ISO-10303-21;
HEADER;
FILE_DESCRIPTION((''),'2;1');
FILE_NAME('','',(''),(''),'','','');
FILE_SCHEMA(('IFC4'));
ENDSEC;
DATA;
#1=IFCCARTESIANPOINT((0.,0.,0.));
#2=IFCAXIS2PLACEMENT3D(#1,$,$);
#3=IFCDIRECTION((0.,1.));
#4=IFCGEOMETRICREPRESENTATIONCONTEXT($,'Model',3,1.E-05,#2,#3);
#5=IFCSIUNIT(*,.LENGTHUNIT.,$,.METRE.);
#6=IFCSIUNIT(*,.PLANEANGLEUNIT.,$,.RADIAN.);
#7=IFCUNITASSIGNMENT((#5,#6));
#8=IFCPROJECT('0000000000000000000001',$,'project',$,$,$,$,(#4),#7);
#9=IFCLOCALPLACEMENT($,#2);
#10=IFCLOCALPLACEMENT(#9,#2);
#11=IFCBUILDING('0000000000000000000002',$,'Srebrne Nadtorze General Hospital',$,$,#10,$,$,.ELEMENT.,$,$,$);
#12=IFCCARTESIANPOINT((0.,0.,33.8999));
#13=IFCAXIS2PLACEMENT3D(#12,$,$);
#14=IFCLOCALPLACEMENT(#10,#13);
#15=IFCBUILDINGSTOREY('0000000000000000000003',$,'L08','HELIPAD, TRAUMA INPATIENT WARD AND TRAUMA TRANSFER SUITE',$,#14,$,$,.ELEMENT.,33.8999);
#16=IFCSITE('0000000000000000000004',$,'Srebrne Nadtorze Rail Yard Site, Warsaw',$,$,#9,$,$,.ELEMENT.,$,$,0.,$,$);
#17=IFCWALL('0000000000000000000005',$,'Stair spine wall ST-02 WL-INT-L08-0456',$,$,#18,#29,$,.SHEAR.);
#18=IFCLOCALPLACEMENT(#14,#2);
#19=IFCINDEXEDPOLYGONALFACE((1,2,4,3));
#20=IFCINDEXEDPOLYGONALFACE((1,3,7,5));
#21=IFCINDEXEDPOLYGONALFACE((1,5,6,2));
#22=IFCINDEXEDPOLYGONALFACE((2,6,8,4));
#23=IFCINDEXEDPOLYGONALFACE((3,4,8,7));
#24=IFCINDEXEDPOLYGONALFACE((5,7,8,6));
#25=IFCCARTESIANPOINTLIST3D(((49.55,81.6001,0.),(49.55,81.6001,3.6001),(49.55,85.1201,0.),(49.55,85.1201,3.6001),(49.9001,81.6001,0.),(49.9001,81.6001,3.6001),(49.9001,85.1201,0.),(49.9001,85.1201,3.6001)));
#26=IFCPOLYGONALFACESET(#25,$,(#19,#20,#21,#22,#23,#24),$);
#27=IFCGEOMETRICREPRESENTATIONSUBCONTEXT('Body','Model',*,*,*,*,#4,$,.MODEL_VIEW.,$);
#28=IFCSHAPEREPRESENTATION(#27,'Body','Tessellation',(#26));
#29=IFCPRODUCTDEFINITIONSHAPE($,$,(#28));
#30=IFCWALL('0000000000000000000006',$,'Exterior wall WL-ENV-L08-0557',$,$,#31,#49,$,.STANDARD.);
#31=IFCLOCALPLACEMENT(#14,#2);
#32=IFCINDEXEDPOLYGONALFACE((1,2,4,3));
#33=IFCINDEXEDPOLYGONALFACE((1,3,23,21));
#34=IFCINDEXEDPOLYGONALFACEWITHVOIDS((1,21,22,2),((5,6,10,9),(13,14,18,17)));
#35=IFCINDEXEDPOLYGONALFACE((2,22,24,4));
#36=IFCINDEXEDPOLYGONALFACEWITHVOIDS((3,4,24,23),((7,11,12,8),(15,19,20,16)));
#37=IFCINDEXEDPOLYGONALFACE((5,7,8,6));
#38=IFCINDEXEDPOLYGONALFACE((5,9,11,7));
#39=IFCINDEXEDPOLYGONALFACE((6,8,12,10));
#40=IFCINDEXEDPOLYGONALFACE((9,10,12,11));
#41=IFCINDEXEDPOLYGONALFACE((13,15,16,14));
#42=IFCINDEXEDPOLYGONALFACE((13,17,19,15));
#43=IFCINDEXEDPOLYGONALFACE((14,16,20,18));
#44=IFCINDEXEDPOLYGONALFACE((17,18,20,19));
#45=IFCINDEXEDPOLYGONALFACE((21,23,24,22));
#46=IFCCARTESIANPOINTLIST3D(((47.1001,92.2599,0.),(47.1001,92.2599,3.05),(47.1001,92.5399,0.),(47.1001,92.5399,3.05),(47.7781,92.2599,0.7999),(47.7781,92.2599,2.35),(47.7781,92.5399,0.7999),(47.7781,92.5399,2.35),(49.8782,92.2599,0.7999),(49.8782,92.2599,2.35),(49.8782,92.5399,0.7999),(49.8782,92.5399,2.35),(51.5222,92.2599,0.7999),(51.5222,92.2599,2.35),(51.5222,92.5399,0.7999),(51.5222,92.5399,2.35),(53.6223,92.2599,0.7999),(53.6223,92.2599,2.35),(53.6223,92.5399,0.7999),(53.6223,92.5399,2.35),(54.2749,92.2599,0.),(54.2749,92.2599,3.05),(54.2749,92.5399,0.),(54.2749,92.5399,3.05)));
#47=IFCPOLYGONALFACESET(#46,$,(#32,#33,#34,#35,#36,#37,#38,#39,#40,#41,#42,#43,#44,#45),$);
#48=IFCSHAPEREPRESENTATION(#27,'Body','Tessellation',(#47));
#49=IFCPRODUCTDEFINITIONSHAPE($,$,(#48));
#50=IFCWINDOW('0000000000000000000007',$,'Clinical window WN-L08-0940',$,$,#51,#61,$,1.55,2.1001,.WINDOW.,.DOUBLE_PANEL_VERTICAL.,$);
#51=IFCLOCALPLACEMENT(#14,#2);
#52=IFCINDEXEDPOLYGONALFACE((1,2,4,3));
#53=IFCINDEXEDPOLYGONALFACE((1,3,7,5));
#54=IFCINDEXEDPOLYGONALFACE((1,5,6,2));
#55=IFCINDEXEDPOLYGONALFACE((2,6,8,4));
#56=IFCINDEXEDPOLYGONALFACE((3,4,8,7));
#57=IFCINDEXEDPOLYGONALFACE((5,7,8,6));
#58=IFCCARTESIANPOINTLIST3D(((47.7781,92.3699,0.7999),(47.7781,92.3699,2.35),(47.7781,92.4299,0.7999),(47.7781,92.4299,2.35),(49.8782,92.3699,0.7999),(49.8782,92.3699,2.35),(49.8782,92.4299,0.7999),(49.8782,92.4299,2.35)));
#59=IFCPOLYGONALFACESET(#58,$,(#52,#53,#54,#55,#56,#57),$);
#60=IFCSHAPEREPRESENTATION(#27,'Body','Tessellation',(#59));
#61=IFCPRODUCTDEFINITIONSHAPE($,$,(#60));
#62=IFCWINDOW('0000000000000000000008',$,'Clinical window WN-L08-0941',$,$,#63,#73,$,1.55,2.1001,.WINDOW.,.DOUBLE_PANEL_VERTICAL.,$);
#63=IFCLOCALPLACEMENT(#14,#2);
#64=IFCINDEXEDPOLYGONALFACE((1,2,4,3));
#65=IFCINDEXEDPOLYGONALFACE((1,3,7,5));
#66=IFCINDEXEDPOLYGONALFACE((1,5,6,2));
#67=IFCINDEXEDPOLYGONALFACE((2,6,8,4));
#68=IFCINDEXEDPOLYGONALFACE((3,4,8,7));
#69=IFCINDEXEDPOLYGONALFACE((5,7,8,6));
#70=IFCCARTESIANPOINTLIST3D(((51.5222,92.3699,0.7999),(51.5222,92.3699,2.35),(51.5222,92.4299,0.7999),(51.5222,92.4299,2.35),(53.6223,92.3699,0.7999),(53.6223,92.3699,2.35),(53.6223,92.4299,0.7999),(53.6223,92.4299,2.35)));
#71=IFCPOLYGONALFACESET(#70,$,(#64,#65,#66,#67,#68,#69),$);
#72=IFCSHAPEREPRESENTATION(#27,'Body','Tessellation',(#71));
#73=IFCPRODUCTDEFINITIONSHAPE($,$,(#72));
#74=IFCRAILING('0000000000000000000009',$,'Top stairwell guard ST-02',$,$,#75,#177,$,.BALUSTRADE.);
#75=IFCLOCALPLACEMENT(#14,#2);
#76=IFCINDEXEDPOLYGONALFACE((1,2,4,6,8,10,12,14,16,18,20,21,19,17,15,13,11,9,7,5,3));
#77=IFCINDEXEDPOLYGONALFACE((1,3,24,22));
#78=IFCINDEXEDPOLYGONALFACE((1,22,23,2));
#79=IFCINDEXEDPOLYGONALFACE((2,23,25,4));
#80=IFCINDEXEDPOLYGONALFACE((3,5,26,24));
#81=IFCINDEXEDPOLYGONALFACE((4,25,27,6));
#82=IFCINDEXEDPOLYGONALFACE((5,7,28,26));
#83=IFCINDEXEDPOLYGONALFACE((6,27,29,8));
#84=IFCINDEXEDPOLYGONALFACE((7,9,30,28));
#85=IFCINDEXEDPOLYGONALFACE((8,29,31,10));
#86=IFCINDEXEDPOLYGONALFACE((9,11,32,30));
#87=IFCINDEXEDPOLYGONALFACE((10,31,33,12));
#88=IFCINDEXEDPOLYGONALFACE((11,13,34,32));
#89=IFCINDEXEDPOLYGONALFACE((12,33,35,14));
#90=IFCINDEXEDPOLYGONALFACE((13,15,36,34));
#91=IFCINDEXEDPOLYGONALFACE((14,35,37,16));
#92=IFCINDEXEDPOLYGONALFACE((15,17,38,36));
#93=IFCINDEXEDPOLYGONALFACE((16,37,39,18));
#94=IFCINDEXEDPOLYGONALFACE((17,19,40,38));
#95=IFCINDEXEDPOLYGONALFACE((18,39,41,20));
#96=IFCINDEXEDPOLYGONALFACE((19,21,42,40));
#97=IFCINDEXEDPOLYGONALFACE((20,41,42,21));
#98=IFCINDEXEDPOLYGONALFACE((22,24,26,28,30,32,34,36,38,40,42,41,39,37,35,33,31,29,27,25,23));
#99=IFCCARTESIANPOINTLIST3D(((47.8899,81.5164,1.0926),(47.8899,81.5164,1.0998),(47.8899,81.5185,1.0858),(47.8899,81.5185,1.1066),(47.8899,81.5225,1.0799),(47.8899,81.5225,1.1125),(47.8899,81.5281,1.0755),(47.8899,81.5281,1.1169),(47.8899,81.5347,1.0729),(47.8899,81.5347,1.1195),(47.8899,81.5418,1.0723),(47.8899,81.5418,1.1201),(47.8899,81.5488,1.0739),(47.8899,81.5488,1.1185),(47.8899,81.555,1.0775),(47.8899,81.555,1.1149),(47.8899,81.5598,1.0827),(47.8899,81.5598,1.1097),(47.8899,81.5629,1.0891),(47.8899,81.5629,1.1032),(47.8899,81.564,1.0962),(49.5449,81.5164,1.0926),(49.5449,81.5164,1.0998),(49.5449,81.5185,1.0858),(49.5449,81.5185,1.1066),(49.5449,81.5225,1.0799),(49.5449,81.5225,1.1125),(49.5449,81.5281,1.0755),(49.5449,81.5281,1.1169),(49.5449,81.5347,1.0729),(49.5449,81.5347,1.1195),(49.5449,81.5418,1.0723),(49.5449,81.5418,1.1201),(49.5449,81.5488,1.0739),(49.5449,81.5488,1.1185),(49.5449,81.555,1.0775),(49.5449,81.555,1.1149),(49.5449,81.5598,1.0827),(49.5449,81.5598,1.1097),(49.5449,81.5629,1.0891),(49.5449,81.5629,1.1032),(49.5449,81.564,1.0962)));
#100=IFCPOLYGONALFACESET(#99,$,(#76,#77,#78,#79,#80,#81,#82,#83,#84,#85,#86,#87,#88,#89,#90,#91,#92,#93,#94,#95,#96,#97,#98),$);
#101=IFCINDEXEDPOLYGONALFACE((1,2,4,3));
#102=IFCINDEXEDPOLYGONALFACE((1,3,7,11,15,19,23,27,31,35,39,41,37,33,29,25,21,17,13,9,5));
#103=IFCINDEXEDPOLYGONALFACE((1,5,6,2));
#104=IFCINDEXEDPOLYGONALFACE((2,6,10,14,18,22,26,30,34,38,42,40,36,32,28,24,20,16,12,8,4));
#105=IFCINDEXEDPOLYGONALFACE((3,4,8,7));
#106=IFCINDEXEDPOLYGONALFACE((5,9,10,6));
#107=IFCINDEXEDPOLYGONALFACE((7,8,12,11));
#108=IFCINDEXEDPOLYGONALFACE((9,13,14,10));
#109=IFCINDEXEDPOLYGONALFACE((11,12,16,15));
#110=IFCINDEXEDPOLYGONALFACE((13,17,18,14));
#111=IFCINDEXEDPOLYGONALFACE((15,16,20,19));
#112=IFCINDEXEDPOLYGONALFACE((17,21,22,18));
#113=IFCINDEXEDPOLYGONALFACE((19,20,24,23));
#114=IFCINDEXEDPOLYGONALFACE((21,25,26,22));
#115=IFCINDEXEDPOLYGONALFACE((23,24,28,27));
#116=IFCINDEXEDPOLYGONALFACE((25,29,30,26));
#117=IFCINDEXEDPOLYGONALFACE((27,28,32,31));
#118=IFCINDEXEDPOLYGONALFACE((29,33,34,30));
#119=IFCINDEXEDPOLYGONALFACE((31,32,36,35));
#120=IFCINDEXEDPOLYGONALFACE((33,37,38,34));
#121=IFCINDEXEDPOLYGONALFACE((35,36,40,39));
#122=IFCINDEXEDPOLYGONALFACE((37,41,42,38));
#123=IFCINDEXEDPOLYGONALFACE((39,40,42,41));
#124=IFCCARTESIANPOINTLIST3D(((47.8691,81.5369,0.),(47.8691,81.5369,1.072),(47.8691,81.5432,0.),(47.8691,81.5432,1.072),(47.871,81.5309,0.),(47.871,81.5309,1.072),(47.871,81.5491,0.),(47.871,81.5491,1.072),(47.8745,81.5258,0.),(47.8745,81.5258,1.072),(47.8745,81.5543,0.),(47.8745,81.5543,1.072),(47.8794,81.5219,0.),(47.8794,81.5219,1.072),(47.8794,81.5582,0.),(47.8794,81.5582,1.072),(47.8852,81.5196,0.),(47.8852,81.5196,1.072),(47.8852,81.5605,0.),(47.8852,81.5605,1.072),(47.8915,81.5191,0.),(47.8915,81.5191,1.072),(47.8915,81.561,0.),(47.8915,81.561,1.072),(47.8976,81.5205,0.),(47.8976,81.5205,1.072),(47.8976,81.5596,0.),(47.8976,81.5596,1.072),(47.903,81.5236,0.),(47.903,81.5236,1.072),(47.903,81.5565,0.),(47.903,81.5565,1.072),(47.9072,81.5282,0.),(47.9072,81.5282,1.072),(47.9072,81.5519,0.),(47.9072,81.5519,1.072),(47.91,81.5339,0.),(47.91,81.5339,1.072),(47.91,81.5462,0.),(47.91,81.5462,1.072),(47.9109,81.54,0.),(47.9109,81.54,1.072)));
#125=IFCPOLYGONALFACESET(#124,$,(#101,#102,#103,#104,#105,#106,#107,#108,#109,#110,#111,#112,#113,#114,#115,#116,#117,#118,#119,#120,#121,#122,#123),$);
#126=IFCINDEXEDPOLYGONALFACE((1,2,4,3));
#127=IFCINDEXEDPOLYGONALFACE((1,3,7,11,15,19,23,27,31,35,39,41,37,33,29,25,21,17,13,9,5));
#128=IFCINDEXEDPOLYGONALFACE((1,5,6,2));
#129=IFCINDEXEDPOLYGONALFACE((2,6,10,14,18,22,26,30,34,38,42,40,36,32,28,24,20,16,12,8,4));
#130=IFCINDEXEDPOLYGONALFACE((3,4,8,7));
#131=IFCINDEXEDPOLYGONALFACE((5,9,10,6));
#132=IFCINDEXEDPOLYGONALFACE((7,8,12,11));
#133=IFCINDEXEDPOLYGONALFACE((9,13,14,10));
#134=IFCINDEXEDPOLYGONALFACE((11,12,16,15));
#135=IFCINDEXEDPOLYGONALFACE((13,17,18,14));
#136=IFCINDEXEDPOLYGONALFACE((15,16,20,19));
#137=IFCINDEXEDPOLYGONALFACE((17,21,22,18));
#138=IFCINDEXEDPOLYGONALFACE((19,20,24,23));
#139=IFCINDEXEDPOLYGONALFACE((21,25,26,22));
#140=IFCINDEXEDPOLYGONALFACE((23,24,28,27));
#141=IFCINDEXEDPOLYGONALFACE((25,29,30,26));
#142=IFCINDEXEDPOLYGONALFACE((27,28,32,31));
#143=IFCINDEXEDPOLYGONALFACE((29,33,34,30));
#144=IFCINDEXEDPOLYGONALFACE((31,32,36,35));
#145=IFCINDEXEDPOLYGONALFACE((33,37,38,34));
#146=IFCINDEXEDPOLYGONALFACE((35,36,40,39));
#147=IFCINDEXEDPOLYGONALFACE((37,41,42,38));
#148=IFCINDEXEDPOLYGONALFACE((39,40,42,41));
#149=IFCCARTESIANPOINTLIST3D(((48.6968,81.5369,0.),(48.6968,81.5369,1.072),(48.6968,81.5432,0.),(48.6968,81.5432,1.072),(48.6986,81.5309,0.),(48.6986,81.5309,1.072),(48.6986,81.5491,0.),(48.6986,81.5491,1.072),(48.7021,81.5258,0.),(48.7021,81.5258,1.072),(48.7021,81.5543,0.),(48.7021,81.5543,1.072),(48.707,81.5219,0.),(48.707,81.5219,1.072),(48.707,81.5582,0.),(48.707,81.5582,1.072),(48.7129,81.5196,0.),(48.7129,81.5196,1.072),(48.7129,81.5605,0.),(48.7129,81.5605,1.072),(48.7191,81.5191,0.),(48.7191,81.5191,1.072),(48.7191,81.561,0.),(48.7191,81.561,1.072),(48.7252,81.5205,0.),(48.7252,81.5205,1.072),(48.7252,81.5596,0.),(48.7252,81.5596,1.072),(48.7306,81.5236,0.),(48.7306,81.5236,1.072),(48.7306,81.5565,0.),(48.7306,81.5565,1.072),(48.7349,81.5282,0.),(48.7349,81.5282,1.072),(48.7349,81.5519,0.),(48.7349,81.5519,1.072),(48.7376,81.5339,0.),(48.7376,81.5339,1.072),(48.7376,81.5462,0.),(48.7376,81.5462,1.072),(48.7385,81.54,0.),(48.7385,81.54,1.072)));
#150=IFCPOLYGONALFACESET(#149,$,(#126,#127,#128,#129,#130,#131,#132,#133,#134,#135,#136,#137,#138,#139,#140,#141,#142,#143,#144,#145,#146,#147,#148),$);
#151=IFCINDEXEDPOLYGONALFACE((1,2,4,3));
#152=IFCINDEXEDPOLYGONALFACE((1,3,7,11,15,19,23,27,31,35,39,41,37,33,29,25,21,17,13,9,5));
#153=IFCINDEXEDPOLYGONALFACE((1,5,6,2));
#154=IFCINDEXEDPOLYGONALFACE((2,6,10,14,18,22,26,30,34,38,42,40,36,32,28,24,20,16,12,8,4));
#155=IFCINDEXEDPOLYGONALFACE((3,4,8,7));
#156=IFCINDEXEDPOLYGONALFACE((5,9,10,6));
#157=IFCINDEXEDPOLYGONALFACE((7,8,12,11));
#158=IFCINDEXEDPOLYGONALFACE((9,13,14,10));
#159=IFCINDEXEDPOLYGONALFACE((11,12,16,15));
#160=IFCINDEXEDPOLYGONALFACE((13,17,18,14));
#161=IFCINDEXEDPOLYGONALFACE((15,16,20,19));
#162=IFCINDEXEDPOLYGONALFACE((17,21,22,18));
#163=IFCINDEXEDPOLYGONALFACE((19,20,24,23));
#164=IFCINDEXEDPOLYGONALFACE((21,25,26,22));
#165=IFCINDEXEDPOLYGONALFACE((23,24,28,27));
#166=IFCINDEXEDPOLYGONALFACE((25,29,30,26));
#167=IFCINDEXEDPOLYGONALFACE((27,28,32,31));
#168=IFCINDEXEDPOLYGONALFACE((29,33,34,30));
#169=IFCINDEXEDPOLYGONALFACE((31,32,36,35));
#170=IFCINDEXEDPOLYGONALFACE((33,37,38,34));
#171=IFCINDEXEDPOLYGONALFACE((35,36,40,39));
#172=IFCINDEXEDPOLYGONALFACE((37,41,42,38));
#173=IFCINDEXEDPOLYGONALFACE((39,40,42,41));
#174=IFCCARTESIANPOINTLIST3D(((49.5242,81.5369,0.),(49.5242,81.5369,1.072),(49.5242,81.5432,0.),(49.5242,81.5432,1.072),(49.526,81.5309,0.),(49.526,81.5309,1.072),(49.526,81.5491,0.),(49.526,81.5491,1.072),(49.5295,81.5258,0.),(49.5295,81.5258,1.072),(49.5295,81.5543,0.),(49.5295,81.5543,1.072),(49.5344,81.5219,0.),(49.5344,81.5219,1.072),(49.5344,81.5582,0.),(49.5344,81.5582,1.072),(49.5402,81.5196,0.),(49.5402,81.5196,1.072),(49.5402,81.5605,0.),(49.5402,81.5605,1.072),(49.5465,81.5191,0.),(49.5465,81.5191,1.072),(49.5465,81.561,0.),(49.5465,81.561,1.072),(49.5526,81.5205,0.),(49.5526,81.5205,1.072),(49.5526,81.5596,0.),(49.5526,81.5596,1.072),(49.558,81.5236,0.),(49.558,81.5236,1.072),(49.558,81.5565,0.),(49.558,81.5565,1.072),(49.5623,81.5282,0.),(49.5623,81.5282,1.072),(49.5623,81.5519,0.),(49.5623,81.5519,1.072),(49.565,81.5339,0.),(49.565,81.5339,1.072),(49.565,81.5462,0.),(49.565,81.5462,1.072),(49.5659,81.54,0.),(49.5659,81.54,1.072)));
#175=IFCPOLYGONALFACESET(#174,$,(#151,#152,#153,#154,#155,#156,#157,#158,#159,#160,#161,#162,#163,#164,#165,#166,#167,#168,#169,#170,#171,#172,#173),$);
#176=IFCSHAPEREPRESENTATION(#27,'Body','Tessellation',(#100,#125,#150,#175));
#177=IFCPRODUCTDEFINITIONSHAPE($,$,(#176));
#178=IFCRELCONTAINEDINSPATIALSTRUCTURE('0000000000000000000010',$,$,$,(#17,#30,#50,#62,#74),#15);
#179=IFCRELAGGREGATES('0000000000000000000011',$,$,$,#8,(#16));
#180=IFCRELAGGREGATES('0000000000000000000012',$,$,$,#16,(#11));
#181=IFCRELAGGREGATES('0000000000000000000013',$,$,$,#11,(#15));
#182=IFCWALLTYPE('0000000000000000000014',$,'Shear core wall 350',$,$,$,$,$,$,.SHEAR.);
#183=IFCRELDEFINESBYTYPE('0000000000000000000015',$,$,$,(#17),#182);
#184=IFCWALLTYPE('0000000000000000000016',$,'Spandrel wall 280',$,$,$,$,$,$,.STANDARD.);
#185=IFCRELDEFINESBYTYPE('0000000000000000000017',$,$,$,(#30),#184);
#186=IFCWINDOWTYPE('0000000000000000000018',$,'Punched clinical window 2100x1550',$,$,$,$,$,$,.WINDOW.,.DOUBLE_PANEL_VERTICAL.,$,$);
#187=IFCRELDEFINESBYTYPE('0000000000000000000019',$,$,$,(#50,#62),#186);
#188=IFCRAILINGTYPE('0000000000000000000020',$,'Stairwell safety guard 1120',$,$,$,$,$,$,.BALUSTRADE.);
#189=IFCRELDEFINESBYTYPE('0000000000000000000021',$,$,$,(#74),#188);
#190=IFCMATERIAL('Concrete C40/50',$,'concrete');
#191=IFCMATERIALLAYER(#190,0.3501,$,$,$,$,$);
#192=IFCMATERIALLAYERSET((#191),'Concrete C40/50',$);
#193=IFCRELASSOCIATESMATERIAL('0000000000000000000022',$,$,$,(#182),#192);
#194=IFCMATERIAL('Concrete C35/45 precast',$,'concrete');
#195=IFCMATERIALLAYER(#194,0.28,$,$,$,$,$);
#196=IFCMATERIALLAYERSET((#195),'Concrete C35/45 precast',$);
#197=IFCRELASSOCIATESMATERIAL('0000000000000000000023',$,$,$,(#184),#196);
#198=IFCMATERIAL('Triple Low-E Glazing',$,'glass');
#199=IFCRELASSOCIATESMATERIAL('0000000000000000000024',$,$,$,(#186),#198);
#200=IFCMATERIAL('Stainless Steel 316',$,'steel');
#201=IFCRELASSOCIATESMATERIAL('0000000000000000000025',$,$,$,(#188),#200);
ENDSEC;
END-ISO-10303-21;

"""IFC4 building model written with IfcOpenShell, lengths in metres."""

from ifc_helpers import new_model, si_unit, direction, frame, frame_2d, origin, origin_2d, place, context, subcontext, project, spatial, rectangle, circle, extrude, material, layer, layer_set, type_object, element, fill, save


model = new_model("IFC4")

# Units and contexts
model_context = context("Model", 3, precision=1e-05, world=origin(), true_north=direction((0.0, 1.0)))
body_context = subcontext(model_context, "Body", "Model", "MODEL_VIEW")
ifc_project = project(units=[si_unit("LENGTHUNIT", "METRE"), si_unit("PLANEANGLEUNIT", "RADIAN")], contexts=[model_context])

# Site, building, storey
site_placement = place(None, origin())
site = spatial("IfcSite", under=ifc_project, at=site_placement, Name="Srebrne Nadtorze Rail Yard Site, Warsaw", CompositionType="ELEMENT", RefElevation=0.0)
building_placement = place(site_placement, origin())
building = spatial("IfcBuilding", under=site, at=building_placement, Name="Srebrne Nadtorze General Hospital", CompositionType="ELEMENT")
storey_placement = place(building_placement, frame((0.0, 0.0, 33.8999)))
storey = spatial("IfcBuildingStorey", under=building, at=storey_placement, Name="L08", Description="HELIPAD, TRAUMA INPATIENT WARD AND TRAUMA TRANSFER SUITE", CompositionType="ELEMENT", Elevation=33.8999)

# Shared definitions
ifc_material_1 = material(Name="Concrete C40/50", Category="concrete")
ifc_layer_1 = layer(ifc_material_1, 0.3501)
ifc_layer_set_1 = layer_set([ifc_layer_1], Name="Concrete C40/50")
wall_type_1 = type_object("IfcWallType", Name="Shear core wall 350", PredefinedType="SHEAR", material=ifc_layer_set_1)

# Wall
wall_1_placement = place(storey_placement, frame((49.7251, 81.6001, 0.0), z_axis=(0.0, 0.0, 1.0), x_axis=(0.0, 1.0, 0.0)))
element("IfcWall", 1, at=wall_1_placement, inside=storey, type_object=wall_type_1, Name="Stair spine wall ST-02 WL-INT-L08-0456", PredefinedType="SHEAR", context=body_context, shape_type="SweptSolid", body=[
    extrude(rectangle(XDim=3.52, YDim=0.3501, at=frame_2d((1.76, 0.0))), origin(), (0.0, 0.0, 1.0), 3.6001),
])

# Wall, openings, windows
ifc_material_2 = material(Name="Concrete C35/45 precast", Category="concrete")
ifc_layer_2 = layer(ifc_material_2, 0.28)
ifc_layer_set_2 = layer_set([ifc_layer_2], Name="Concrete C35/45 precast")
wall_type_2 = type_object("IfcWallType", Name="Spandrel wall 280", PredefinedType="STANDARD", material=ifc_layer_set_2)
wall_2_placement = place(storey_placement, frame((47.1001, 92.3999, 0.0), z_axis=(0.0, 0.0, 1.0), x_axis=(1.0, 0.0, 0.0)))
wall_2 = element("IfcWall", 2, at=wall_2_placement, inside=storey, type_object=wall_type_2, Name="Exterior wall WL-ENV-L08-0557", PredefinedType="STANDARD", context=body_context, shape_type="SweptSolid", body=[
    extrude(rectangle(XDim=7.1748, YDim=0.28, at=frame_2d((3.5874, 0.0))), origin(), (0.0, 0.0, 1.0), 3.05),
])
opening_1_placement = place(wall_2_placement, frame((0.678, 0.0, 0.8)))
opening_1 = element("IfcOpeningElement", 3, at=opening_1_placement, cuts=wall_2, PredefinedType="OPENING", context=body_context, shape_type="SweptSolid", body=[
    extrude(rectangle(XDim=2.1001, YDim=1.55, at=frame_2d((1.05, 0.7749))), frame((0.0, 0.1519, 0.0), z_axis=(0.0, -1.0, 0.0), x_axis=(1.0, 0.0, 0.0)), (0.0, 0.0, 1.0), 0.304),
])
opening_2_placement = place(wall_2_placement, frame((4.4221, 0.0, 0.8)))
opening_2 = element("IfcOpeningElement", 4, at=opening_2_placement, cuts=wall_2, PredefinedType="OPENING", context=body_context, shape_type="SweptSolid", body=[
    extrude(rectangle(XDim=2.1001, YDim=1.55, at=frame_2d((1.05, 0.7749))), frame((0.0, 0.1519, 0.0), z_axis=(0.0, -1.0, 0.0), x_axis=(1.0, 0.0, 0.0)), (0.0, 0.0, 1.0), 0.304),
])
ifc_material_3 = material(Name="Triple Low-E Glazing", Category="glass")
window_type = type_object("IfcWindowType", Name="Punched clinical window 2100x1550", PartitioningType="DOUBLE_PANEL_VERTICAL", PredefinedType="WINDOW", material=ifc_material_3)
window_1_placement = place(opening_1_placement, origin())
window_1 = element("IfcWindow", 5, at=window_1_placement, inside=storey, type_object=window_type, Name="Clinical window WN-L08-0940", OverallHeight=1.55, OverallWidth=2.1001, PartitioningType="DOUBLE_PANEL_VERTICAL", PredefinedType="WINDOW", context=body_context, shape_type="SweptSolid", body=[
    extrude(rectangle(XDim=2.1001, YDim=1.55, at=frame_2d((1.05, 0.7749))), frame((0.0, 0.03, 0.0), z_axis=(0.0, -1.0, 0.0), x_axis=(1.0, 0.0, 0.0)), (0.0, 0.0, 1.0), 0.0601),
])
fill(opening_1, window_1)
window_2_placement = place(opening_2_placement, origin())
window_2 = element("IfcWindow", 6, at=window_2_placement, inside=storey, type_object=window_type, Name="Clinical window WN-L08-0941", OverallHeight=1.55, OverallWidth=2.1001, PartitioningType="DOUBLE_PANEL_VERTICAL", PredefinedType="WINDOW", context=body_context, shape_type="SweptSolid", body=[
    extrude(rectangle(XDim=2.1001, YDim=1.55, at=frame_2d((1.05, 0.7749))), frame((0.0, 0.03, 0.0), z_axis=(0.0, -1.0, 0.0), x_axis=(1.0, 0.0, 0.0)), (0.0, 0.0, 1.0), 0.0601),
])
fill(opening_2, window_2)

# Railing
ifc_material_4 = material(Name="Stainless Steel 316", Category="steel")
railing_type = type_object("IfcRailingType", Name="Stairwell safety guard 1120", PredefinedType="BALUSTRADE", material=ifc_material_4)
railing_placement = place(storey_placement, frame((47.8899, 81.54, 0.0)))
element("IfcRailing", 7, at=railing_placement, inside=storey, type_object=railing_type, Name="Top stairwell guard ST-02", PredefinedType="BALUSTRADE", context=body_context, shape_type="SweptSolid", body=[
    extrude(circle(Radius=0.0239, at=origin_2d()), frame((0.0, 0.0, 1.0962), z_axis=(1.0, 0.0, 0.0), x_axis=(0.0, 1.0, 0.0)), (0.0, 0.0, 1.0), 1.655),
    extrude(circle(Radius=0.021, at=origin_2d()), origin(), (0.0, 0.0, 1.0), 1.072),
    extrude(circle(Radius=0.021, at=origin_2d()), frame((0.8276, 0.0, 0.0)), (0.0, 0.0, 1.0), 1.072),
    extrude(circle(Radius=0.021, at=origin_2d()), frame((1.655, 0.0, 0.0)), (0.0, 0.0, 1.0), 1.072),
])

save(model, "model.ifc")
